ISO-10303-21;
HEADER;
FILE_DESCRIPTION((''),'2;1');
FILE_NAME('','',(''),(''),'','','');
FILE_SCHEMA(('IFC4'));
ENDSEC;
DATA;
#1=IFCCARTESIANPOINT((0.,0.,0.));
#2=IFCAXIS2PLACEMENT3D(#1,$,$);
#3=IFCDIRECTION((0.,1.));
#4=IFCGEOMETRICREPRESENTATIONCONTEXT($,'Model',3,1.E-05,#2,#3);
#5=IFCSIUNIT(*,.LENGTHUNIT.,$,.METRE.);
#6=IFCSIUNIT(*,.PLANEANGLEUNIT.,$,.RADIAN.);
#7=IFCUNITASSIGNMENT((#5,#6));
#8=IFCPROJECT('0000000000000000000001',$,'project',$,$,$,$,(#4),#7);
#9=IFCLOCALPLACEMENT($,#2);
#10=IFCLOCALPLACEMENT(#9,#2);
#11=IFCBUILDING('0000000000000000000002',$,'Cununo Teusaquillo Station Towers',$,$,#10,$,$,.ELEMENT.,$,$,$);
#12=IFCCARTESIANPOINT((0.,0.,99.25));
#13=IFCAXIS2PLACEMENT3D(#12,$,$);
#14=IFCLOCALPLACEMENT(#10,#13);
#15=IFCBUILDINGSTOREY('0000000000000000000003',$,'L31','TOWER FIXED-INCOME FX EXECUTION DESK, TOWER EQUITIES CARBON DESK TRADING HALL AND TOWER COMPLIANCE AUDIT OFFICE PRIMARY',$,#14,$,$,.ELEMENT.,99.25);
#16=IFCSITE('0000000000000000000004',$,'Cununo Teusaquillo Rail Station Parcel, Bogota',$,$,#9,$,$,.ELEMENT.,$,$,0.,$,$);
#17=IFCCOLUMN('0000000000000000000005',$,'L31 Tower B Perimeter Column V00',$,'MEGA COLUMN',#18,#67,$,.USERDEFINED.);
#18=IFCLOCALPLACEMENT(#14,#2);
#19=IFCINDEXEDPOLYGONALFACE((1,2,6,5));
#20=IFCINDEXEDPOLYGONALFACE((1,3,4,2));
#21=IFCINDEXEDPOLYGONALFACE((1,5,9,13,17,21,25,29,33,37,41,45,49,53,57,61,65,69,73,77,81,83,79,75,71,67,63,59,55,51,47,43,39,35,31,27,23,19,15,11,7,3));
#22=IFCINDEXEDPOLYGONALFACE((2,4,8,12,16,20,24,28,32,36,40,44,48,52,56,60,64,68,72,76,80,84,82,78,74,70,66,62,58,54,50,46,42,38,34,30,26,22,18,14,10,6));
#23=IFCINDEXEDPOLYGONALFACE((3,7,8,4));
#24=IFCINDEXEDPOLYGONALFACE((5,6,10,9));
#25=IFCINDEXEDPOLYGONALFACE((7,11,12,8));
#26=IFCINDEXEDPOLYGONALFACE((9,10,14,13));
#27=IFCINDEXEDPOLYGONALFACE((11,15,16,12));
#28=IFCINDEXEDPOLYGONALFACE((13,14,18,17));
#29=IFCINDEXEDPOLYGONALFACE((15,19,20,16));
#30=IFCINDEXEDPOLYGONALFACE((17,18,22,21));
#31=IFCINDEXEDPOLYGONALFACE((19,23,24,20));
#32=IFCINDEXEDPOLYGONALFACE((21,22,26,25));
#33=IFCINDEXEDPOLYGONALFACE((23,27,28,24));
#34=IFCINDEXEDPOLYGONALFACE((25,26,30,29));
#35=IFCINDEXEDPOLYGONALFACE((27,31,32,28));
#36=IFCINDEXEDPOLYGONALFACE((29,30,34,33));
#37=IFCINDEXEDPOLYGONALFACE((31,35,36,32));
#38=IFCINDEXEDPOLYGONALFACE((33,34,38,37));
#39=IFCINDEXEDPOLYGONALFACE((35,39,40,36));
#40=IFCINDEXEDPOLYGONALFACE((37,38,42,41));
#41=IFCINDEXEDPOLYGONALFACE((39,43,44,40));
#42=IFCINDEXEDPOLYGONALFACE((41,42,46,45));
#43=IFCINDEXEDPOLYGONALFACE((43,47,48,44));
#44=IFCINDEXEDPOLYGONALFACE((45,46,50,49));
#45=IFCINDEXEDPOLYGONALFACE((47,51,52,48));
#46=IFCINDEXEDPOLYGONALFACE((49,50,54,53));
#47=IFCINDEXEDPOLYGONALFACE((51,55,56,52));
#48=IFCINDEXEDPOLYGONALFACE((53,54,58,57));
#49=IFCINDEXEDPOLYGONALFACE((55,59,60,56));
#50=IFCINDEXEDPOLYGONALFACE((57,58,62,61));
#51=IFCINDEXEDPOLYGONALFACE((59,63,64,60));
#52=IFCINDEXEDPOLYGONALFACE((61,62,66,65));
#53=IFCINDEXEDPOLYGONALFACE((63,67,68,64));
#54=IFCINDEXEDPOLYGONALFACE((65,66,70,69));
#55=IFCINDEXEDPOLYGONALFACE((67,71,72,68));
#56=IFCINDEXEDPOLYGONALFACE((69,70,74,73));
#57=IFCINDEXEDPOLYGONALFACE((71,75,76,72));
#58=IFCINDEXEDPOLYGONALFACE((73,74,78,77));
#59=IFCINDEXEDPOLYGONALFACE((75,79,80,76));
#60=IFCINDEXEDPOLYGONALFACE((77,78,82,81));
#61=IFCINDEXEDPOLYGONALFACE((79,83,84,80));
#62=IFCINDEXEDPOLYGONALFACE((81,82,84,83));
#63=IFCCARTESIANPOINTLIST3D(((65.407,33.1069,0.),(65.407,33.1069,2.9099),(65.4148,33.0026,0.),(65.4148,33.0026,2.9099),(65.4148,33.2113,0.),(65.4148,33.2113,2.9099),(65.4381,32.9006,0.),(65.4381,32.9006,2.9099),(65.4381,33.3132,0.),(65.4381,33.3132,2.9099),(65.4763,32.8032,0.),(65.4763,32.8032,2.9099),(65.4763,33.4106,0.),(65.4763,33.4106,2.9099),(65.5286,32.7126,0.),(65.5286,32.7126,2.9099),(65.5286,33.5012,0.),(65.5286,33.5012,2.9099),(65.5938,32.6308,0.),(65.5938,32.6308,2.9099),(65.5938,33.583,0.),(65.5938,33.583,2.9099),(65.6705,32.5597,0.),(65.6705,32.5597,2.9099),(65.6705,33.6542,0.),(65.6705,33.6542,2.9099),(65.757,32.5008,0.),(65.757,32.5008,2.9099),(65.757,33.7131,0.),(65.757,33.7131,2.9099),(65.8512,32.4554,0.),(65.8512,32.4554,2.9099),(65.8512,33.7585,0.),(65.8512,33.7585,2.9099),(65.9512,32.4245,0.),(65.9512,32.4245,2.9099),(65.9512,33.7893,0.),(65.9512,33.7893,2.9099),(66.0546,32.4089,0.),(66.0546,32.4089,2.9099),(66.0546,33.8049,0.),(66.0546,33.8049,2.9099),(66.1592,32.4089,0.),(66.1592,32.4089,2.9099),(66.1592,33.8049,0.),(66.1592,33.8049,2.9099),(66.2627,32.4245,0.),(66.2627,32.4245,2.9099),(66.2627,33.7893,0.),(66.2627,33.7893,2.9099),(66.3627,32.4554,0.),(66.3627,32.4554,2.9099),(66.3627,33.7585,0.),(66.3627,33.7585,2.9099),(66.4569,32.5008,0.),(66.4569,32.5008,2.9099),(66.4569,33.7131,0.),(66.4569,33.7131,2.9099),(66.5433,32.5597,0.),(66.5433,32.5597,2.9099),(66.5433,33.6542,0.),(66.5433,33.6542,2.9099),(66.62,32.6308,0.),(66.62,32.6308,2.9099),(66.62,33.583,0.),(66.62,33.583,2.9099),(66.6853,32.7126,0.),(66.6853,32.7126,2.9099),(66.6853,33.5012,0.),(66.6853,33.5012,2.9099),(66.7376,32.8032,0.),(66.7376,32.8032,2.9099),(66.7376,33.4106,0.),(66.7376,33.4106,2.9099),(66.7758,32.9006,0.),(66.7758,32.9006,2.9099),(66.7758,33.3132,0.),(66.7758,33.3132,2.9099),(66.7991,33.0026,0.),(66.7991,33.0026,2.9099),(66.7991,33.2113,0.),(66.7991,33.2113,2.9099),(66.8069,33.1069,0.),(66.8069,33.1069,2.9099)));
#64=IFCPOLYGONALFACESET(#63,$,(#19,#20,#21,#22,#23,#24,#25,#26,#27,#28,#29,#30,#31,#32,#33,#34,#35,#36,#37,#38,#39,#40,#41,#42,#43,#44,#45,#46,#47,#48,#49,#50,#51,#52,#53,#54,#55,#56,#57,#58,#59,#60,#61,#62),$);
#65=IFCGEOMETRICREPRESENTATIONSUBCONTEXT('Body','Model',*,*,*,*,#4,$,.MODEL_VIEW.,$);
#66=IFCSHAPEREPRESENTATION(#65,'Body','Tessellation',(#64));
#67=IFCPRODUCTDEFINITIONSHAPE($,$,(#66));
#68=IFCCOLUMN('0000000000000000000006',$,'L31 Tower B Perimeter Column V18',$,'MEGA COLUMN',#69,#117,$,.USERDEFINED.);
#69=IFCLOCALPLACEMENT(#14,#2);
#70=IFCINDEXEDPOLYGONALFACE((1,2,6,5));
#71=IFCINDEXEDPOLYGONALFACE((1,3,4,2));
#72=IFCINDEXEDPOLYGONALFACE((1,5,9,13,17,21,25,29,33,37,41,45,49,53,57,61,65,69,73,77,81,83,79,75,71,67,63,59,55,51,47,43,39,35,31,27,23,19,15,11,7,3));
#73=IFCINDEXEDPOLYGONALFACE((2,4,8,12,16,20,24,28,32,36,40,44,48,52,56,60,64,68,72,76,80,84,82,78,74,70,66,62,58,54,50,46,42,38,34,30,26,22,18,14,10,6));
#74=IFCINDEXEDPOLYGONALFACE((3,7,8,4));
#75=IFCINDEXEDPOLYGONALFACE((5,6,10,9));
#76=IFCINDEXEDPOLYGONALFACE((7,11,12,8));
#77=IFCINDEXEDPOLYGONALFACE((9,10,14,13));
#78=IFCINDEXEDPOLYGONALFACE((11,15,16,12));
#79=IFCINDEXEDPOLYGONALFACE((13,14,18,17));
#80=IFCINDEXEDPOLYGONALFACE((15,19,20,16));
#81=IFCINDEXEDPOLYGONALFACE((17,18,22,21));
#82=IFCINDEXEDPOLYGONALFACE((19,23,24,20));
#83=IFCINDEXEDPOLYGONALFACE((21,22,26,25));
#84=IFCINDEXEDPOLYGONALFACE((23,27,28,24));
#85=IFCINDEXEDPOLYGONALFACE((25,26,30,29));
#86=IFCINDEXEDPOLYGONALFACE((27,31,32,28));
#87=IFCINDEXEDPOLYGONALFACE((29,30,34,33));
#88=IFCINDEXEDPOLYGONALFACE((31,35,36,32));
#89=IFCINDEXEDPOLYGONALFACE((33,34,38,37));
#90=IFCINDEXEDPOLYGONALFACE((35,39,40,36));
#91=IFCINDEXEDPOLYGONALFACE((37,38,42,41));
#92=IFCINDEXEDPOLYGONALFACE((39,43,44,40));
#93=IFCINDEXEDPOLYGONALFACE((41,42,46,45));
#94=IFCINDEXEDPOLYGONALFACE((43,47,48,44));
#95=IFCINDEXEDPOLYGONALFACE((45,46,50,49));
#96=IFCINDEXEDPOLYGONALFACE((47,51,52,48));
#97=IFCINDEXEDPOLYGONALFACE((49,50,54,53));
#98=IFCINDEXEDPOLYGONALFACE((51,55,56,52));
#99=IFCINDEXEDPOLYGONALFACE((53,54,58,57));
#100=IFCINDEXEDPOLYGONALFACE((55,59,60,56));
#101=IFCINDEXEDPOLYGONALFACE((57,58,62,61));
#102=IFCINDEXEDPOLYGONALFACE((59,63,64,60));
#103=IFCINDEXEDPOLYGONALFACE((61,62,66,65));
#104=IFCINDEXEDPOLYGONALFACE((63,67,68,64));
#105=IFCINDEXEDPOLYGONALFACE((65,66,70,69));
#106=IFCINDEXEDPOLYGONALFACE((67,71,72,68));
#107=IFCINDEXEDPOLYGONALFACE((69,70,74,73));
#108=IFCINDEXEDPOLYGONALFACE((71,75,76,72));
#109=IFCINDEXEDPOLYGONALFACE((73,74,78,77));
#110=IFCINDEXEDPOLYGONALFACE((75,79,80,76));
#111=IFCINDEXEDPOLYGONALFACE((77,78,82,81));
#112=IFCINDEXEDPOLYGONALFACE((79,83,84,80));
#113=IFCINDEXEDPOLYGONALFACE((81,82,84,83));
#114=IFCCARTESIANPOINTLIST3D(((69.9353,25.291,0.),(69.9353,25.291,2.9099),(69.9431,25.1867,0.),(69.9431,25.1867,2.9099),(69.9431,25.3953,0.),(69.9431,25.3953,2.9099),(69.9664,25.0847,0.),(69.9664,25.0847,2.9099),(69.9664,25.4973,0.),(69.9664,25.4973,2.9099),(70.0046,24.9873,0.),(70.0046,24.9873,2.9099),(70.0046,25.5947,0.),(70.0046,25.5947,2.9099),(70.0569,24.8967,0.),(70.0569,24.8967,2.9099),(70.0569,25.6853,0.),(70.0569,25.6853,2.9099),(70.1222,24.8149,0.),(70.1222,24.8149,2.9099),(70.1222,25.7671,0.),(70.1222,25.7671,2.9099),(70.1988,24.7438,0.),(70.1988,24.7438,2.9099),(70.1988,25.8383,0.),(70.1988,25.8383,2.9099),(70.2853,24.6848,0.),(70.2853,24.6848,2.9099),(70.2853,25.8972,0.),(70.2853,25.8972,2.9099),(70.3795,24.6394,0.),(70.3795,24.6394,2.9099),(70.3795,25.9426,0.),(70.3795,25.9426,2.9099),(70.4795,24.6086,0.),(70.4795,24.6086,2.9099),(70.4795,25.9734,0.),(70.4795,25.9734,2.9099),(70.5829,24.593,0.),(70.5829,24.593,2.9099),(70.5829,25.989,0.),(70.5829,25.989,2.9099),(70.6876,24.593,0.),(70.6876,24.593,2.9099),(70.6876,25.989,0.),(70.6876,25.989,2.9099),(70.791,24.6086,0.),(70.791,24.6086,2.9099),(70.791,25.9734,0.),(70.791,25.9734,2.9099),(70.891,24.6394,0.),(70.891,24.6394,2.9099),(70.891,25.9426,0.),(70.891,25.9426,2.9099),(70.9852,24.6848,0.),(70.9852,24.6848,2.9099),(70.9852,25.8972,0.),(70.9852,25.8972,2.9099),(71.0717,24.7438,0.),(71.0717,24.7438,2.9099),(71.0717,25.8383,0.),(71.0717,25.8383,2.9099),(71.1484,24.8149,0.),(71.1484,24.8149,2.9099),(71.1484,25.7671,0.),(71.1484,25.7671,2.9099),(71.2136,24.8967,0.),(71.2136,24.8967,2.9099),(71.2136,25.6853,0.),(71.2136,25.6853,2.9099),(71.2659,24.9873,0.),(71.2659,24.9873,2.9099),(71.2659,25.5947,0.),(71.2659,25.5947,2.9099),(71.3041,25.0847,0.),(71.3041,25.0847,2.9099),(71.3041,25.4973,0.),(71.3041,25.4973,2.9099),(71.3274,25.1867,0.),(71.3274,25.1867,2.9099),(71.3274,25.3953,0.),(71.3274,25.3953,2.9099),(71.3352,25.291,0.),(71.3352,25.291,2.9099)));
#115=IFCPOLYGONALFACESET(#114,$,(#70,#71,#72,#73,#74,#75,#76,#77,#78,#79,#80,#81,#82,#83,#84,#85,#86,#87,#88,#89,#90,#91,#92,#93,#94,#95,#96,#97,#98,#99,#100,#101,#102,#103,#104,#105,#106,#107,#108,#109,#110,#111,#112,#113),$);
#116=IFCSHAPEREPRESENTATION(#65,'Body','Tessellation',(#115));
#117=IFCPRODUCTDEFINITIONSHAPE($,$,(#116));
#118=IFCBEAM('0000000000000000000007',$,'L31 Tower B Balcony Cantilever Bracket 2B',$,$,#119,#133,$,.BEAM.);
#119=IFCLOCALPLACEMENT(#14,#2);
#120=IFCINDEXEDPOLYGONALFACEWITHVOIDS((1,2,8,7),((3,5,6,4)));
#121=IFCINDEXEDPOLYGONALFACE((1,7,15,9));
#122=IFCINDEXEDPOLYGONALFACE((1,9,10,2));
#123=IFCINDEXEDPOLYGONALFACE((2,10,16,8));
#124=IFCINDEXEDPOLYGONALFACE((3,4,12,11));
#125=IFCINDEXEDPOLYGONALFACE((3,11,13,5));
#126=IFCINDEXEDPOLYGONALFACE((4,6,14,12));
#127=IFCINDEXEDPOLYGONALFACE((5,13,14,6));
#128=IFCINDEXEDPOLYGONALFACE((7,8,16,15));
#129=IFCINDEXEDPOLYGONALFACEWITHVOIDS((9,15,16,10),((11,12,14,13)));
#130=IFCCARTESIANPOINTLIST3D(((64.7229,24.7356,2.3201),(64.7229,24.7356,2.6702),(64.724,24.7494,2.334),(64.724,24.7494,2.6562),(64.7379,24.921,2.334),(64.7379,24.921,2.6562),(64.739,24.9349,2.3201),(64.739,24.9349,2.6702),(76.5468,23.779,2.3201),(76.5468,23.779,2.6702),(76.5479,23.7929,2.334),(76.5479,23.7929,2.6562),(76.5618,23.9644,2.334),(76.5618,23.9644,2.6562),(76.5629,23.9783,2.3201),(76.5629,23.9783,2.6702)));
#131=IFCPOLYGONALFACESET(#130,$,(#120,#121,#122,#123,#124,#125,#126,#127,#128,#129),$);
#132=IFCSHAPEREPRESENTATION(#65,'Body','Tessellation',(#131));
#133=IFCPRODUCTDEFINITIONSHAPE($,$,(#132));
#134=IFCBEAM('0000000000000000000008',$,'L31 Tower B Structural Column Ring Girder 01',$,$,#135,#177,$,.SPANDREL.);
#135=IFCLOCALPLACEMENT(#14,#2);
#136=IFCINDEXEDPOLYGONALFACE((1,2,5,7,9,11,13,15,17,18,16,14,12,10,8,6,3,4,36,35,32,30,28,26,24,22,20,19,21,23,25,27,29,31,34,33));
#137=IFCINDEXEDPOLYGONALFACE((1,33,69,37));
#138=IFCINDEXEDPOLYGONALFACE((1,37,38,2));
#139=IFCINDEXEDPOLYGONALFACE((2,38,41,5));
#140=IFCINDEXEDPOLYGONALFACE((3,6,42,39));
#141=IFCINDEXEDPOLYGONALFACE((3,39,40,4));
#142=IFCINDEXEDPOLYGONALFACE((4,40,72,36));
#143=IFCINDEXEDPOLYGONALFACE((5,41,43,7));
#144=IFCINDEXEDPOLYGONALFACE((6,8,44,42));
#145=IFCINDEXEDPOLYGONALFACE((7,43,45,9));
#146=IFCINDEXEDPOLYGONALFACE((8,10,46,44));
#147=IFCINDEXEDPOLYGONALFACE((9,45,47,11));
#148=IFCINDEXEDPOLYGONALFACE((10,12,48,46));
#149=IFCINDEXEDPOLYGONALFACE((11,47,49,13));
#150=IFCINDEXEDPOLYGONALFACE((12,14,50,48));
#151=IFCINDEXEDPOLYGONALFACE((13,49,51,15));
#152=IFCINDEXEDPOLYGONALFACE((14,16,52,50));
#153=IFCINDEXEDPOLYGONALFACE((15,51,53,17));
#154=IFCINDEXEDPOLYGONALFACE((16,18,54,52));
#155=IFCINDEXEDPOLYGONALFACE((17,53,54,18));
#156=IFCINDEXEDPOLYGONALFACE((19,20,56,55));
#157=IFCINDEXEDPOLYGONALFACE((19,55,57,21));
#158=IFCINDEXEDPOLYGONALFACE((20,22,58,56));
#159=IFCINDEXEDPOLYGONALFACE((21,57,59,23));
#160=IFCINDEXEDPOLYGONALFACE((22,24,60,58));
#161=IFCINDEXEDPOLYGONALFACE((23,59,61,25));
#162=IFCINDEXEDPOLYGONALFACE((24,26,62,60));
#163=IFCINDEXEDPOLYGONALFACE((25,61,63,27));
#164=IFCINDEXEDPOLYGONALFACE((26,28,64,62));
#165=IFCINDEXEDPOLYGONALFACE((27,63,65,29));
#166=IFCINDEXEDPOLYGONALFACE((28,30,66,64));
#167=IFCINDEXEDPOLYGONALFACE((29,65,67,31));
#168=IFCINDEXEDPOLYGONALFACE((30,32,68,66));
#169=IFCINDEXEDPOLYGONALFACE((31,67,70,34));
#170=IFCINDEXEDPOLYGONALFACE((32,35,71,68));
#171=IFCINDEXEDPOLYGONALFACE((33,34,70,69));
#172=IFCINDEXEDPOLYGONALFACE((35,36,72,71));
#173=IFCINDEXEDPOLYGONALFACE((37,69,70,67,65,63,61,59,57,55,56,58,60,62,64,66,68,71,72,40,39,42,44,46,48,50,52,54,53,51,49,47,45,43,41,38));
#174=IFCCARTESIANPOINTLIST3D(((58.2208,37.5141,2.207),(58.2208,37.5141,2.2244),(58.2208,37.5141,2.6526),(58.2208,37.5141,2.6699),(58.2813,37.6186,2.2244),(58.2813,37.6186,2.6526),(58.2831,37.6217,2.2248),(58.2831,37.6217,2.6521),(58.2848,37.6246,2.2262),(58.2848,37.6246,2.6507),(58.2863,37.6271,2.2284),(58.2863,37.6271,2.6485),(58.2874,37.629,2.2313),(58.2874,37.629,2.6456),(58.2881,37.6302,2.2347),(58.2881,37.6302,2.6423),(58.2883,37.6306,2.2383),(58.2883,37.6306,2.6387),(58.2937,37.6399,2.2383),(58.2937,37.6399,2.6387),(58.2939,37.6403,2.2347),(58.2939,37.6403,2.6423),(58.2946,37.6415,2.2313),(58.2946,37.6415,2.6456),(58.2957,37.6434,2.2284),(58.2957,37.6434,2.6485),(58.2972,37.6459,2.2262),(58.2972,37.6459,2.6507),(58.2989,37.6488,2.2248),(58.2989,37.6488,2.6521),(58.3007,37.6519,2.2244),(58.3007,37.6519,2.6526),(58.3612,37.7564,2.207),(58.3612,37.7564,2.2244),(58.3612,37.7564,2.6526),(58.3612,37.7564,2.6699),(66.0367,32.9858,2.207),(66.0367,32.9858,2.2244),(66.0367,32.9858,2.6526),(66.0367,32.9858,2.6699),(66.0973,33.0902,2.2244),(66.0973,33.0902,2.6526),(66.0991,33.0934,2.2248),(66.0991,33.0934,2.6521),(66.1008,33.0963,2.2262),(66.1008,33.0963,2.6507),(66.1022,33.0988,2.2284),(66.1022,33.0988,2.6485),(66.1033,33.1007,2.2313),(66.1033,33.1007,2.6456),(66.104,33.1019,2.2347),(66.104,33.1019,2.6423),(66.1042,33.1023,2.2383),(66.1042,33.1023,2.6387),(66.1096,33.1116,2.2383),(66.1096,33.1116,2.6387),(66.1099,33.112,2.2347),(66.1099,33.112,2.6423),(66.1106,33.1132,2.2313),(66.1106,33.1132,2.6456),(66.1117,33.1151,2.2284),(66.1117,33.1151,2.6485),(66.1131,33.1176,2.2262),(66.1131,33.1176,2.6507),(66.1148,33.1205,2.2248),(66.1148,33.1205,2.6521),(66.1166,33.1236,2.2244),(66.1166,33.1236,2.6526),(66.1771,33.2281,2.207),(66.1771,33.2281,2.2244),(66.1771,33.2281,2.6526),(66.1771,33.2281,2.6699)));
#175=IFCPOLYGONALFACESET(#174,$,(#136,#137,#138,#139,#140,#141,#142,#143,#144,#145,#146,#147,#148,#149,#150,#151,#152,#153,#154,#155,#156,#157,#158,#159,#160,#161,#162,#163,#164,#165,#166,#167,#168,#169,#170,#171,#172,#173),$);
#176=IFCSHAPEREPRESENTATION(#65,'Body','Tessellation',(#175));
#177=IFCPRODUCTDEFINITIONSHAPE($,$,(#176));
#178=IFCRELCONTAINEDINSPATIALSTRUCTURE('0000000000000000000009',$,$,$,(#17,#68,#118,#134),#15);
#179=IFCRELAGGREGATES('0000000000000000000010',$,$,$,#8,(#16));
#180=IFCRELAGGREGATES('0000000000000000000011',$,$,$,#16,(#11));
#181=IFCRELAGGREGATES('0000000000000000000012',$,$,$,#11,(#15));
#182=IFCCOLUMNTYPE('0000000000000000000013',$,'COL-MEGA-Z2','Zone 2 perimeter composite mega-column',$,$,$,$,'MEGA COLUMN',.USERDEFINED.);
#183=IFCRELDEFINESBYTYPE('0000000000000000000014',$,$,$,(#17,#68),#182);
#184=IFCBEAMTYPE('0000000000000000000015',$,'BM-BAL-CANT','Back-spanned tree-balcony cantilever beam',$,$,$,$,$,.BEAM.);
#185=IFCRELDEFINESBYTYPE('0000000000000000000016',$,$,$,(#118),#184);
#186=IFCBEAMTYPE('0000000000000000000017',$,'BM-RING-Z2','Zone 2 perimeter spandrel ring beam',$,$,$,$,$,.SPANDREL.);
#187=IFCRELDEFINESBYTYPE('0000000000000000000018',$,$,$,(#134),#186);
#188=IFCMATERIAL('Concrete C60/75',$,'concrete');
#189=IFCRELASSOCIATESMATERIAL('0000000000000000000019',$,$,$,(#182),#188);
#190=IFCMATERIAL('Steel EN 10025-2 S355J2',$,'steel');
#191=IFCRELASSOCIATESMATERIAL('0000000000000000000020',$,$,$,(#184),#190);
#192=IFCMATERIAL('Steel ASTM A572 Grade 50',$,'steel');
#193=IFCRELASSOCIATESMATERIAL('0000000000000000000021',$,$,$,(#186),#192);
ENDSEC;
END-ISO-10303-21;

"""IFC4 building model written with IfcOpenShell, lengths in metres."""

from ifc_helpers import new_model, si_unit, direction, frame, origin, origin_2d, place, context, subcontext, project, spatial, hollow_rectangle, circle, i_section, extrude, material, material_profile, profile_set, type_object, element, save


model = new_model("IFC4")

# Units and contexts
model_context = context("Model", 3, precision=1e-05, world=origin(), true_north=direction((0.0, 1.0)))
body_context = subcontext(model_context, "Body", "Model", "MODEL_VIEW")
ifc_project = project(units=[si_unit("LENGTHUNIT", "METRE"), si_unit("PLANEANGLEUNIT", "RADIAN")], contexts=[model_context])

# Site, building, storey
site_placement = place(None, origin())
site = spatial("IfcSite", under=ifc_project, at=site_placement, Name="Cununo Teusaquillo Rail Station Parcel, Bogota", CompositionType="ELEMENT", RefElevation=0.0)
building_placement = place(site_placement, origin())
building = spatial("IfcBuilding", under=site, at=building_placement, Name="Cununo Teusaquillo Station Towers", CompositionType="ELEMENT")
storey_placement = place(building_placement, frame((0.0, 0.0, 99.25)))
storey = spatial("IfcBuildingStorey", under=building, at=storey_placement, Name="L31", Description="TOWER FIXED-INCOME FX EXECUTION DESK, TOWER EQUITIES CARBON DESK TRADING HALL AND TOWER COMPLIANCE AUDIT OFFICE PRIMARY", CompositionType="ELEMENT", Elevation=99.25)

# Columns
ifc_material_1 = material(Name="Concrete C60/75", Category="concrete")
ifc_material_profile_1 = material_profile(ifc_material_1, circle(Radius=0.7, at=origin_2d()), Name="RC-CIRC-1400")
ifc_profile_set_1 = profile_set([ifc_material_profile_1], Name="Concrete C60/75")
column_type = type_object("IfcColumnType", Name="COL-MEGA-Z2", Description="Zone 2 perimeter composite mega-column", ElementType="MEGA COLUMN", PredefinedType="USERDEFINED", material=ifc_profile_set_1)
for number, where, z_axis, x_axis, name in (
    (1, (66.1069, 33.1069, 0.0), (0.0, 0.0, 1.0), (1.0, 0.0, 0.0), "L31 Tower B Perimeter Column V00"),
    (2, (70.6353, 25.291, 0.0), (0.0, 0.0, 1.0), (1.0, 0.0, 0.0), "L31 Tower B Perimeter Column V18"),
):
    element("IfcColumn", number, at=place(storey_placement, frame(where, z_axis=z_axis, x_axis=x_axis)), inside=storey, type_object=column_type, Name=name, ObjectType="MEGA COLUMN", PredefinedType="USERDEFINED", context=body_context, shape_type="SweptSolid", body=[
        extrude(circle(Radius=0.7, at=origin_2d()), origin(), (0.0, 0.0, 1.0), 2.9099),
    ])

# Beams
ifc_material_2 = material(Name="Steel EN 10025-2 S355J2", Category="steel")
ifc_material_profile_2 = material_profile(ifc_material_2, hollow_rectangle(XDim=0.2, YDim=0.3501, WallThickness=0.0139, at=origin_2d()), Name="RHS 350x200x14")
ifc_profile_set_2 = profile_set([ifc_material_profile_2], Name="Steel EN 10025-2 S355J2")
beam_type_1 = type_object("IfcBeamType", Name="BM-BAL-CANT", Description="Back-spanned tree-balcony cantilever beam", PredefinedType="BEAM", material=ifc_profile_set_2)
beam_1_placement = place(storey_placement, frame((64.731, 24.8352, 2.4951), z_axis=(0.996744, -0.080635, 0.0), x_axis=(0.080635, 0.996744, 0.0)))
element("IfcBeam", 3, at=beam_1_placement, inside=storey, type_object=beam_type_1, Name="L31 Tower B Balcony Cantilever Bracket 2B", PredefinedType="BEAM", context=body_context, shape_type="SweptSolid", body=[
    extrude(hollow_rectangle(XDim=0.2, YDim=0.3501, WallThickness=0.0139, at=origin_2d()), origin(), (0.0, 0.0, 1.0), 11.8625),
])
ifc_material_3 = material(Name="Steel ASTM A572 Grade 50", Category="steel")
ifc_material_profile_3 = material_profile(ifc_material_3, i_section(OverallWidth=0.28, OverallDepth=0.4629, WebThickness=0.0107, FlangeThickness=0.0173, FilletRadius=0.0139, at=origin_2d()), Name="W18X76")
ifc_profile_set_3 = profile_set([ifc_material_profile_3], Name="Steel ASTM A572 Grade 50")
beam_type_2 = type_object("IfcBeamType", Name="BM-RING-Z2", Description="Zone 2 perimeter spandrel ring beam", PredefinedType="SPANDREL", material=ifc_profile_set_3)
for number, where, z_axis, x_axis, name in (
    (4, (66.1069, 33.1069, 2.4385), (-0.865267, 0.501311, 0.0), (-0.501311, -0.865267, 0.0), "L31 Tower B Structural Column Ring Girder 01"),
):
    element("IfcBeam", number, at=place(storey_placement, frame(where, z_axis=z_axis, x_axis=x_axis)), inside=storey, type_object=beam_type_2, Name=name, PredefinedType="SPANDREL", context=body_context, shape_type="SweptSolid", body=[
        extrude(i_section(OverallWidth=0.28, OverallDepth=0.4629, WebThickness=0.0107, FlangeThickness=0.0173, FilletRadius=0.0139, at=origin_2d()), origin(), (0.0, 0.0, 1.0), 9.033),
    ])

save(model, "model.ifc")
